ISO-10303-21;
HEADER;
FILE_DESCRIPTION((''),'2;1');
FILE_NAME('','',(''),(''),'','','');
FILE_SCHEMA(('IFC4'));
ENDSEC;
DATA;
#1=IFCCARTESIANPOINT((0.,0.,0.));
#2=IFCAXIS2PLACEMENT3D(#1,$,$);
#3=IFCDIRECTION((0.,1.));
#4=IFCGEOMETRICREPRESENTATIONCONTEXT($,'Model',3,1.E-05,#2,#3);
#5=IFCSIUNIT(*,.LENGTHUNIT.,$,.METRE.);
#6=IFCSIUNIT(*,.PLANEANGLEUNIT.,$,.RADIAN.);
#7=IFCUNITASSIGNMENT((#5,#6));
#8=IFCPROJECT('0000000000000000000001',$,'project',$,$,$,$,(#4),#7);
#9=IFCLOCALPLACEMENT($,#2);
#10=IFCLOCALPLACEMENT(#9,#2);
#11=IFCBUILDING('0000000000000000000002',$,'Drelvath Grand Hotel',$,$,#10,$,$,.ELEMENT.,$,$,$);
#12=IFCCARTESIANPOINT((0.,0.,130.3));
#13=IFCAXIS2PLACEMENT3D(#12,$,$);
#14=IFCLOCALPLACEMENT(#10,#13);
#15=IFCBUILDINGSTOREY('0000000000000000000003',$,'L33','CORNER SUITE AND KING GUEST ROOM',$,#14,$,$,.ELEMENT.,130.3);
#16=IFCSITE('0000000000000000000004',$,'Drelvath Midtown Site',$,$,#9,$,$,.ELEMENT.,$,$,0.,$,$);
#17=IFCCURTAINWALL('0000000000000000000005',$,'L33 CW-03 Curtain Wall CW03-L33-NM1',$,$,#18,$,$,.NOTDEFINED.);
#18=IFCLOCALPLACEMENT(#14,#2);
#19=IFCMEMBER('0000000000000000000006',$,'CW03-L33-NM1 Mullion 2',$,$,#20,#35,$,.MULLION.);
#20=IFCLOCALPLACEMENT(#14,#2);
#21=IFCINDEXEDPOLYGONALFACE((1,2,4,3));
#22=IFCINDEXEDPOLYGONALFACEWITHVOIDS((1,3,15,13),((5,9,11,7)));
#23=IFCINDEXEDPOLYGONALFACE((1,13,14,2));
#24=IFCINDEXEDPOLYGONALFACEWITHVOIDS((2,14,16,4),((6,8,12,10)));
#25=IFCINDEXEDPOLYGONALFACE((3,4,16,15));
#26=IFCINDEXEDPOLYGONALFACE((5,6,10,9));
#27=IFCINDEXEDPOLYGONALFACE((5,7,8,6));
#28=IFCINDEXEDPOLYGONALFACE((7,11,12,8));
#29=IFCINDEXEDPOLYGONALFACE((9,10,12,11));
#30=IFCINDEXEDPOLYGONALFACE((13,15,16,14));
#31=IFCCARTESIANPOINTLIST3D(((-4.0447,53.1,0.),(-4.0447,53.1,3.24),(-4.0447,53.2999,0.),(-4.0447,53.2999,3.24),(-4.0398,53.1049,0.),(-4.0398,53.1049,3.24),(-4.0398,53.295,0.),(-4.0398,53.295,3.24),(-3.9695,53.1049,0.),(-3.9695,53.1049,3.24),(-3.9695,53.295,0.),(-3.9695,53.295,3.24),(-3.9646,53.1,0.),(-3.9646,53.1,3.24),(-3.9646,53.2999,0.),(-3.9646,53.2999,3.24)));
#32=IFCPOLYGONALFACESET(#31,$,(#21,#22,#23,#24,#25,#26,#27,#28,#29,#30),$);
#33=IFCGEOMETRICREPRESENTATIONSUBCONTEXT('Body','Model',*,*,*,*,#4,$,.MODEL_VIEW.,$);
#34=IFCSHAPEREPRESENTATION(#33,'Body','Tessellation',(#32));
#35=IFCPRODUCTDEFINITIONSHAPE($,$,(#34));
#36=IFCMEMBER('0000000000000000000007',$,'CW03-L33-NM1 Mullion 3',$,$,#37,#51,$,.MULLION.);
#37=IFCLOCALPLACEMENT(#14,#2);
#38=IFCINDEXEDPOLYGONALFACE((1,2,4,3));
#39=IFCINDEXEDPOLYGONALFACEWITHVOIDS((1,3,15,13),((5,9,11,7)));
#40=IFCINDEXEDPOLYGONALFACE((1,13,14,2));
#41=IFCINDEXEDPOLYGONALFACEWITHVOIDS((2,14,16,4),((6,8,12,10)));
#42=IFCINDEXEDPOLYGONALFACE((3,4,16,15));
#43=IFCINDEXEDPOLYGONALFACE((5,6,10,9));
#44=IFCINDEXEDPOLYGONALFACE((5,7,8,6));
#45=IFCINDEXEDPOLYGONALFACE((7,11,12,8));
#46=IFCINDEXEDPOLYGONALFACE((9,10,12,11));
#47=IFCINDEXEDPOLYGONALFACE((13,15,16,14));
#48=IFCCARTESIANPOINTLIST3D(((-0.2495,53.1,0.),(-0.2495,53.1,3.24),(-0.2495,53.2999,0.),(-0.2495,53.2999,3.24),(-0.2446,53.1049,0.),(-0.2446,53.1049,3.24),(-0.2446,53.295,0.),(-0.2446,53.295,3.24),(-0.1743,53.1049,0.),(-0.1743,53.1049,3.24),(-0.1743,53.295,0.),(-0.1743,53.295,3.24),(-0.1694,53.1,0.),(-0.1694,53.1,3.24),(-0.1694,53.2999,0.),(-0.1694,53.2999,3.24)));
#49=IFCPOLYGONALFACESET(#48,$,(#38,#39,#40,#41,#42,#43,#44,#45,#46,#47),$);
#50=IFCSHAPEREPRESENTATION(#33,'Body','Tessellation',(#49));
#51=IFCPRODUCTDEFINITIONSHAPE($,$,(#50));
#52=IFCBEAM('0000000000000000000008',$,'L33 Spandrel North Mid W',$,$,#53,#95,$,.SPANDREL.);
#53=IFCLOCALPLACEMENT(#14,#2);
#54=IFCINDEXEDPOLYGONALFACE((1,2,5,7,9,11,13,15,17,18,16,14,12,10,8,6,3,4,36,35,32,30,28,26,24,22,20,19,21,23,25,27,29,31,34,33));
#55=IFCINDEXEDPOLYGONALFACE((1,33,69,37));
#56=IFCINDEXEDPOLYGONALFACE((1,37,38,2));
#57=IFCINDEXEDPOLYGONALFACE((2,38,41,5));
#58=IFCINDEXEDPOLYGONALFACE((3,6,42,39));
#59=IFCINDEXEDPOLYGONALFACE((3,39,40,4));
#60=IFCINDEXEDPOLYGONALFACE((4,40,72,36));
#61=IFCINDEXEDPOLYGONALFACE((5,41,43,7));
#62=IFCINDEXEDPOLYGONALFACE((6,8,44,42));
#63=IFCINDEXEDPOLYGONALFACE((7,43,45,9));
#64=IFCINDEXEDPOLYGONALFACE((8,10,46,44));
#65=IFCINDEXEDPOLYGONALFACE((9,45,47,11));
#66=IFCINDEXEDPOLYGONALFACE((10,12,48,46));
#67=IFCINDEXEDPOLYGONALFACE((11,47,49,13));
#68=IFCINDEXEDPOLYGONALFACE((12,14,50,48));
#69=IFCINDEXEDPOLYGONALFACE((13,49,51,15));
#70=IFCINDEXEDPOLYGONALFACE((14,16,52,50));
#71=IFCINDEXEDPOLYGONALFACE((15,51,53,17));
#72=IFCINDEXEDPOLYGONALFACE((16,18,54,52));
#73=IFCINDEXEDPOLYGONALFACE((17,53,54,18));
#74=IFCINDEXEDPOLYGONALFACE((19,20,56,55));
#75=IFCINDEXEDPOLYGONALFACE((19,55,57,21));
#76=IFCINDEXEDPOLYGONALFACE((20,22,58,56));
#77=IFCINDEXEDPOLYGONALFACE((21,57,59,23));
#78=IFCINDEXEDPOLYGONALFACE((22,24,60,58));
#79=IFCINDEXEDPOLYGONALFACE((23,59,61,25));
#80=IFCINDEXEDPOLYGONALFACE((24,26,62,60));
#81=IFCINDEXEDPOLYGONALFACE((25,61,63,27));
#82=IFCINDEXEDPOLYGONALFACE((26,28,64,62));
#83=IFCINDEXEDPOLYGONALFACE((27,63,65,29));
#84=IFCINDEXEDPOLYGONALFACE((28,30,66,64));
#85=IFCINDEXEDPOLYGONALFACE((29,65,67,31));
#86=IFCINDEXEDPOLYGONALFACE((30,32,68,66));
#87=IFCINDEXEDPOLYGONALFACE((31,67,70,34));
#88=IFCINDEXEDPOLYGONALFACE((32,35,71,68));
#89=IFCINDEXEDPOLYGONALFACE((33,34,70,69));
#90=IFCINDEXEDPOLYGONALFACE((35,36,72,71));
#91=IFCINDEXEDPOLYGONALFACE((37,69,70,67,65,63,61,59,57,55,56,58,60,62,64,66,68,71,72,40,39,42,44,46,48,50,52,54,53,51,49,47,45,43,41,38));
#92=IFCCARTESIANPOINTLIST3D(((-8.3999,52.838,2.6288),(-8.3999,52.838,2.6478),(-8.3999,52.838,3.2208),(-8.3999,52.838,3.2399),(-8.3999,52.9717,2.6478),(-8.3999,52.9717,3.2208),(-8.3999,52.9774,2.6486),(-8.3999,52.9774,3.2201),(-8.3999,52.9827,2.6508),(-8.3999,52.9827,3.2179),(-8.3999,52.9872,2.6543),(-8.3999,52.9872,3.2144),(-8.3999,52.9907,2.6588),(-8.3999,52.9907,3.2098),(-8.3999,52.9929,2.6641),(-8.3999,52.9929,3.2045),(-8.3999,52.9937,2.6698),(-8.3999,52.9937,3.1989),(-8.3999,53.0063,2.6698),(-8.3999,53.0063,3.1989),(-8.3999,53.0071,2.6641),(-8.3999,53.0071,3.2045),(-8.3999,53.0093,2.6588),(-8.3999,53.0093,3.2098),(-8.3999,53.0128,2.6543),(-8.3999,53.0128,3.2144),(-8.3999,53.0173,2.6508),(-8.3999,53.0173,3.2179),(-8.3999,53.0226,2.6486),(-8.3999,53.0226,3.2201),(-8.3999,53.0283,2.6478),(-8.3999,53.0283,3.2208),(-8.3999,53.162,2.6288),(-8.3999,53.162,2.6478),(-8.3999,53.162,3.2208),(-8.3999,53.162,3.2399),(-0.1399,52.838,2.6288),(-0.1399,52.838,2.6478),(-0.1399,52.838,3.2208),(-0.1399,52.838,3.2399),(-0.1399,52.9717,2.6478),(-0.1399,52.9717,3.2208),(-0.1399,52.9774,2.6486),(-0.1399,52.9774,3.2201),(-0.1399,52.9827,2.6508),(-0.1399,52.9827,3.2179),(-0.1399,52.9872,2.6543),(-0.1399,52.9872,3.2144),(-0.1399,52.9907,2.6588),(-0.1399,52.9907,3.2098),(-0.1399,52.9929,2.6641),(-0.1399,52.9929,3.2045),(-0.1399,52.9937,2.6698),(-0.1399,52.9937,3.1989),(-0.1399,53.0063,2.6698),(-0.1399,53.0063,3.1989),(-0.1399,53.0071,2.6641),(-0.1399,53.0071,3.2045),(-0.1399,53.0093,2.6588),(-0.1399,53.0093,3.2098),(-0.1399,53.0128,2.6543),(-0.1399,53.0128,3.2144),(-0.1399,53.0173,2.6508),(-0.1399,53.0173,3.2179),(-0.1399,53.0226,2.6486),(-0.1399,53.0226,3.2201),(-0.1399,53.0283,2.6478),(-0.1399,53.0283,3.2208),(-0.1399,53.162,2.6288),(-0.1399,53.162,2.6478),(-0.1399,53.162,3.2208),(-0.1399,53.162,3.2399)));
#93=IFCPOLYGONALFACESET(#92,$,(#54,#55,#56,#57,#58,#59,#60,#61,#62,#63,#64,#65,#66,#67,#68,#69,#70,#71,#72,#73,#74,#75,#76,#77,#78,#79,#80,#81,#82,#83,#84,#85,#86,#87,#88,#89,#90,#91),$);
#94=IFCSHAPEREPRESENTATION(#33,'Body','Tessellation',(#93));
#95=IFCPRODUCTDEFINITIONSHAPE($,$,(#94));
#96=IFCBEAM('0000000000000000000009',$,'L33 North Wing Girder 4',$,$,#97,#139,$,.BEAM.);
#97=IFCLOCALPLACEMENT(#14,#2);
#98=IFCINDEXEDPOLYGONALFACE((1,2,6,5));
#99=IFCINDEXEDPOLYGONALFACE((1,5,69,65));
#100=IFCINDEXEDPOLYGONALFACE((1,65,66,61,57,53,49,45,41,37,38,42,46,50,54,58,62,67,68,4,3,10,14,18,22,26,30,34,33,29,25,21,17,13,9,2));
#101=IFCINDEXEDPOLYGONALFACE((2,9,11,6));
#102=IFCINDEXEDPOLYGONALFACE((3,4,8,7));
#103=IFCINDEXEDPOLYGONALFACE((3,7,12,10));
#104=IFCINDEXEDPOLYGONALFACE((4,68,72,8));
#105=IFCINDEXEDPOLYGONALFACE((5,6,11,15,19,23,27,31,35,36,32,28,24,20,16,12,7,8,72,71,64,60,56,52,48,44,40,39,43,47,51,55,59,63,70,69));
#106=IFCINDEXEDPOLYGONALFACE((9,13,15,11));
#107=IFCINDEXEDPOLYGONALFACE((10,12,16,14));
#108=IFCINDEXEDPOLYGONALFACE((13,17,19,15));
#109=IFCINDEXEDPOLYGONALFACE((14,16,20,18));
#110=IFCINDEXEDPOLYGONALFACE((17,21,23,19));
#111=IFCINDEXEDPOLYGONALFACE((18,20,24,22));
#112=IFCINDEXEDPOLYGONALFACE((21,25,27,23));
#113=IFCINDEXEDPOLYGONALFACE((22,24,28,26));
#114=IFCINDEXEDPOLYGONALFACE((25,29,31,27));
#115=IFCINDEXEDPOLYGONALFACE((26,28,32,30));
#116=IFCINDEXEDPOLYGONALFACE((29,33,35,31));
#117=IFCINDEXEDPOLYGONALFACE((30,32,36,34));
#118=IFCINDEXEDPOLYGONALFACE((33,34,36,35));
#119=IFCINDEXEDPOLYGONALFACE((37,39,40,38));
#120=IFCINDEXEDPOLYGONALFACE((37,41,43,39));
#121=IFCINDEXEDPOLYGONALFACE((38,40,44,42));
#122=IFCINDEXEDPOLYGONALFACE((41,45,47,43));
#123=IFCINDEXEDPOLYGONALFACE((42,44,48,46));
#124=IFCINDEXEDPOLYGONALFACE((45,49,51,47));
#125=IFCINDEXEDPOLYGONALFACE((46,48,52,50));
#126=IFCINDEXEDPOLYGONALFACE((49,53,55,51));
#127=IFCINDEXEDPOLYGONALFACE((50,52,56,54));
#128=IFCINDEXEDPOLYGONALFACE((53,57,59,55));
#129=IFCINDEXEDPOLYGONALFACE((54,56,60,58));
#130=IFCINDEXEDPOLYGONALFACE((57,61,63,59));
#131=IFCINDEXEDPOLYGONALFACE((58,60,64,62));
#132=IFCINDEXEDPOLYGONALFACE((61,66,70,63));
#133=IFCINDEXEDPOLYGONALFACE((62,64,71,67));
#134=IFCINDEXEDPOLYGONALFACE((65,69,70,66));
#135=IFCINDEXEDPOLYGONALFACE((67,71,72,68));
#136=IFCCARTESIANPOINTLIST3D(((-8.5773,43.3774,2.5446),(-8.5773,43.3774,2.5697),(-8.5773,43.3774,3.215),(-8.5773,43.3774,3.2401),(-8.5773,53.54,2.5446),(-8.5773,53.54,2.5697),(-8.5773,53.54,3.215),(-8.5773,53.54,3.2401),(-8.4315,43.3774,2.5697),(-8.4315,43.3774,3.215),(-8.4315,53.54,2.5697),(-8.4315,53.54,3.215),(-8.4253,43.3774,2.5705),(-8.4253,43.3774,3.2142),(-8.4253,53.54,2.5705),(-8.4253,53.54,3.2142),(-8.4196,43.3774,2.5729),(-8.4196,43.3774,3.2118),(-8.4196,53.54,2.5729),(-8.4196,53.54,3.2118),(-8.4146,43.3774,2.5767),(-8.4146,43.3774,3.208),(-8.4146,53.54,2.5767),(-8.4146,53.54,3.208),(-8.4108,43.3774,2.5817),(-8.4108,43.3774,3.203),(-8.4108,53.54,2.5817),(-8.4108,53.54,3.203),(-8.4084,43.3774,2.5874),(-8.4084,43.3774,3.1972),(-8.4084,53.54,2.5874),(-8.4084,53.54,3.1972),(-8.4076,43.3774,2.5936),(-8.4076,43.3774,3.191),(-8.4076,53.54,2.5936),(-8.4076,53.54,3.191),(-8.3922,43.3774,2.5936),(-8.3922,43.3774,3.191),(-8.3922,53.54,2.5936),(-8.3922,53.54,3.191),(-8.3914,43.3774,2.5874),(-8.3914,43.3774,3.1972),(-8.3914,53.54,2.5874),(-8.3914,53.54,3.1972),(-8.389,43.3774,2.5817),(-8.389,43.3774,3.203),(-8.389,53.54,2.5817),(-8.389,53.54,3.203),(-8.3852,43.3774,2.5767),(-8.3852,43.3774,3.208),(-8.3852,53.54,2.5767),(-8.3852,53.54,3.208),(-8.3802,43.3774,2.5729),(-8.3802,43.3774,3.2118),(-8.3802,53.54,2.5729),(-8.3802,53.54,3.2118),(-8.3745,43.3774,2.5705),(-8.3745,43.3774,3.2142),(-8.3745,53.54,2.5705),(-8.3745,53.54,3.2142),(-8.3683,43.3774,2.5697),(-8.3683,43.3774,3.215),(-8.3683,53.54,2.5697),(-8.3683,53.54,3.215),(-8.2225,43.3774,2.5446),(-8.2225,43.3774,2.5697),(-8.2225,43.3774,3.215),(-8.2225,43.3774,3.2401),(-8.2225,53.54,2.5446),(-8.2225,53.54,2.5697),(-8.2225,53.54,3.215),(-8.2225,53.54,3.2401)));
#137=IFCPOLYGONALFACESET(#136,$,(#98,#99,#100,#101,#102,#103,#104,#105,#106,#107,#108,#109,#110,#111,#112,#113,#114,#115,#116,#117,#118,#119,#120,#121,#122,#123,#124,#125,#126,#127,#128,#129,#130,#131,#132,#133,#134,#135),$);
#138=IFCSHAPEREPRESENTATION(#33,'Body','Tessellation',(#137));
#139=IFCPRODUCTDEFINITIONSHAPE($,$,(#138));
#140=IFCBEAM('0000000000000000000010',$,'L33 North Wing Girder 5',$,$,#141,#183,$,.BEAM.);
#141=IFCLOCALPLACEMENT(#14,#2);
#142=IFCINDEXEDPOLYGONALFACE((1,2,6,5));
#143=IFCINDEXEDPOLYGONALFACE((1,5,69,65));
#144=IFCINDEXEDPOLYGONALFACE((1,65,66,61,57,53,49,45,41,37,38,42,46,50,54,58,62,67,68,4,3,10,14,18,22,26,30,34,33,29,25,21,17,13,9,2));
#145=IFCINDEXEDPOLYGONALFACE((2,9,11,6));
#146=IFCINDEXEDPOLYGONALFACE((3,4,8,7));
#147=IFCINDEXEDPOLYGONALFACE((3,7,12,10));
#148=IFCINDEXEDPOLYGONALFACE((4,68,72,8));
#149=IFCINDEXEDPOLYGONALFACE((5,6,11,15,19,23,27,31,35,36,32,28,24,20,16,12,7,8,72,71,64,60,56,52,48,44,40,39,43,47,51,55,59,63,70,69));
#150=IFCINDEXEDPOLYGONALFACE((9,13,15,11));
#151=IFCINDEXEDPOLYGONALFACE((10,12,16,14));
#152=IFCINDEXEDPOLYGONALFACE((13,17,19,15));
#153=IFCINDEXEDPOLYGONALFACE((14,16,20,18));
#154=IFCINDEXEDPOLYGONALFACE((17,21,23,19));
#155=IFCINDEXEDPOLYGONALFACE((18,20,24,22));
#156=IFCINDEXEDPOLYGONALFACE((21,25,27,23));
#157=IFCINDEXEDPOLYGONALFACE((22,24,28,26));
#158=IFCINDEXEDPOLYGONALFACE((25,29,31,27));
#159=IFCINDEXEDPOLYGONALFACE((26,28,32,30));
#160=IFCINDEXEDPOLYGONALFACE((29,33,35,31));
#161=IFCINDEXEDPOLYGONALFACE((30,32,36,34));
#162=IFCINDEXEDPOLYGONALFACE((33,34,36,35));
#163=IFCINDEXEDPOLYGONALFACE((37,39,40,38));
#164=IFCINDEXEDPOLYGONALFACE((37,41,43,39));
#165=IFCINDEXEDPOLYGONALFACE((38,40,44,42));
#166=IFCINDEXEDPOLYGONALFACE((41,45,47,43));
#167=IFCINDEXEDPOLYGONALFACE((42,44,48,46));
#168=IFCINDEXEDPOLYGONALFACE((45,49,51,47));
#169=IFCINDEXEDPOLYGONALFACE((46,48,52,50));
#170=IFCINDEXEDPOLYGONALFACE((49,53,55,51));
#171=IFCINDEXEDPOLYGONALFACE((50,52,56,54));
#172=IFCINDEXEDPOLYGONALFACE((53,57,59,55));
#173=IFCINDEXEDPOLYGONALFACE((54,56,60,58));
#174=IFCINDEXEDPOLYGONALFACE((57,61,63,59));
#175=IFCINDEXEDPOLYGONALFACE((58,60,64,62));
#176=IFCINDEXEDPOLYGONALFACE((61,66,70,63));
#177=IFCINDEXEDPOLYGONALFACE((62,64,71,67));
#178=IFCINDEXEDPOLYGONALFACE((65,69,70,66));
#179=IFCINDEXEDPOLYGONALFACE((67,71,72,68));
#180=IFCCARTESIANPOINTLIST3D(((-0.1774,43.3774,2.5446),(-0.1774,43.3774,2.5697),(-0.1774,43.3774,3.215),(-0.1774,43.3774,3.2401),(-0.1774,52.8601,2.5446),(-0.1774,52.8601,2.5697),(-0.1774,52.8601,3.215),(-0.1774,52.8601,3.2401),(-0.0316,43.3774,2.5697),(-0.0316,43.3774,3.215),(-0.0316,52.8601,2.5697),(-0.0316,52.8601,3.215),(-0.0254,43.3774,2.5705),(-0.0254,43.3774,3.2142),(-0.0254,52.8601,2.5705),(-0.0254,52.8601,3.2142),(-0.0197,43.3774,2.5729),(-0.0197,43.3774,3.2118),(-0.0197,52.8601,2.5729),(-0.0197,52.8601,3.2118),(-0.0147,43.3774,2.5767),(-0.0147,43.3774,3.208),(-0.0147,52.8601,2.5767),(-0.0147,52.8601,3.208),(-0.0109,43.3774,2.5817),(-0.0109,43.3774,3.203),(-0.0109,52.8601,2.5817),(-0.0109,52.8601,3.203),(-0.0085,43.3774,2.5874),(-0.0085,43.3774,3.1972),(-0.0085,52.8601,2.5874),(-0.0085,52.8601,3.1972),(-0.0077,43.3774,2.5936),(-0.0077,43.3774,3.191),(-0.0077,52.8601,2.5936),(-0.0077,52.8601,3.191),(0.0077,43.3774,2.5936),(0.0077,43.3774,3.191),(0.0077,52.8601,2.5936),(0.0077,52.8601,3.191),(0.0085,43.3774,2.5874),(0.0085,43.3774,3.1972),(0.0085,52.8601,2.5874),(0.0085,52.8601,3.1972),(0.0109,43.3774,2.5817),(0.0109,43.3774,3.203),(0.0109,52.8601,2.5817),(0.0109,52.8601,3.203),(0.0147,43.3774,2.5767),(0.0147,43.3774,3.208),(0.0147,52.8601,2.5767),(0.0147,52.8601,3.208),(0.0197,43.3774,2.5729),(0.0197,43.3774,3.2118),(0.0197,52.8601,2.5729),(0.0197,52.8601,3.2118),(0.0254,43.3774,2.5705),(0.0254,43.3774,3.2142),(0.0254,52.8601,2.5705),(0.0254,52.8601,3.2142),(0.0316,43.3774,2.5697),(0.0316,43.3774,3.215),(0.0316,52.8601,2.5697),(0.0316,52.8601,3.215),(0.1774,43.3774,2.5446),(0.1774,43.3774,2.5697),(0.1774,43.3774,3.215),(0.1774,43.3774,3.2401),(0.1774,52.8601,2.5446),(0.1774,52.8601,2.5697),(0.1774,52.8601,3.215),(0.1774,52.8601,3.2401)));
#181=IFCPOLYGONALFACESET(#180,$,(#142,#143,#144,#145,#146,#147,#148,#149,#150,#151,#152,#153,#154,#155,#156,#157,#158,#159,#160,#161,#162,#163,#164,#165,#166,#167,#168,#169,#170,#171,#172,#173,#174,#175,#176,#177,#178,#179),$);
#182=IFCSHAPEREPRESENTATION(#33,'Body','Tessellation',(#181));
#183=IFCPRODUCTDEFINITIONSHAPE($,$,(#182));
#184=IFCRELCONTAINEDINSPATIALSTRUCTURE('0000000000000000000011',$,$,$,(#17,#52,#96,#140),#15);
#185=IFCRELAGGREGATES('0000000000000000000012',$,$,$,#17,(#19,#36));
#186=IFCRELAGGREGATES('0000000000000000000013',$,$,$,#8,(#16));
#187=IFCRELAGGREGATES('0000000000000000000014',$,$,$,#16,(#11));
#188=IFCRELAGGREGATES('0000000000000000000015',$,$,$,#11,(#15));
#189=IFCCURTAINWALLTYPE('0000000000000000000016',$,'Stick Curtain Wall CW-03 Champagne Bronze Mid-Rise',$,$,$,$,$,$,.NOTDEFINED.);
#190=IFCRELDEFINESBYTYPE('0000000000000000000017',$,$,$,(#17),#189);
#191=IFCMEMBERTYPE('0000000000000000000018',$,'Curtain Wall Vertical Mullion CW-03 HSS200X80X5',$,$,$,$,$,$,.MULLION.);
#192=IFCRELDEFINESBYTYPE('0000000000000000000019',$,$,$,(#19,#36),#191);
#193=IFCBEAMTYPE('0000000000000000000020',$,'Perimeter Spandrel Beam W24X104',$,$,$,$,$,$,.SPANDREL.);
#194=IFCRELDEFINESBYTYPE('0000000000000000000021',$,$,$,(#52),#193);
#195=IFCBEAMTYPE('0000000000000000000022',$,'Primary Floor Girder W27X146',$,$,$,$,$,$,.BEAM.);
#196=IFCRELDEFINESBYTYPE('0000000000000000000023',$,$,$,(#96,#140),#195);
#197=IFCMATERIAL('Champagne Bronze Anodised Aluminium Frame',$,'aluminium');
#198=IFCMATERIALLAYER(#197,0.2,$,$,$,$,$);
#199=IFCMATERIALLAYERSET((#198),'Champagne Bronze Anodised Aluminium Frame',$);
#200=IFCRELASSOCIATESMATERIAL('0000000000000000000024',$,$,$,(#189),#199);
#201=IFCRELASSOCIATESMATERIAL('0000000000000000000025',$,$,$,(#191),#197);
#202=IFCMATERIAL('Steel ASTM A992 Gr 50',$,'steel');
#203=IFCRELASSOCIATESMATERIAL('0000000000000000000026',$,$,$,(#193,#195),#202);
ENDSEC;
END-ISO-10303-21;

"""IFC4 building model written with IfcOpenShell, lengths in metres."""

from ifc_helpers import new_model, si_unit, direction, frame, origin, origin_2d, place, context, subcontext, project, spatial, hollow_rectangle, i_section, extrude, material, layer, layer_set, material_profile, profile_set, type_object, element, aggregate, save


model = new_model("IFC4")

# Units and contexts
model_context = context("Model", 3, precision=1e-05, world=origin(), true_north=direction((0.0, 1.0)))
body_context = subcontext(model_context, "Body", "Model", "MODEL_VIEW")
ifc_project = project(units=[si_unit("LENGTHUNIT", "METRE"), si_unit("PLANEANGLEUNIT", "RADIAN")], contexts=[model_context])

# Site, building, storey
site_placement = place(None, origin())
site = spatial("IfcSite", under=ifc_project, at=site_placement, Name="Drelvath Midtown Site", CompositionType="ELEMENT", RefElevation=0.0)
building_placement = place(site_placement, origin())
building = spatial("IfcBuilding", under=site, at=building_placement, Name="Drelvath Grand Hotel", CompositionType="ELEMENT")
storey_placement = place(building_placement, frame((0.0, 0.0, 130.3)))
storey = spatial("IfcBuildingStorey", under=building, at=storey_placement, Name="L33", Description="CORNER SUITE AND KING GUEST ROOM", CompositionType="ELEMENT", Elevation=130.3)

# Curtain wall
ifc_material_1 = material(Name="Champagne Bronze Anodised Aluminium Frame", Category="aluminium")
ifc_layer_1 = layer(ifc_material_1, 0.2)
ifc_layer_set_1 = layer_set([ifc_layer_1], Name="Champagne Bronze Anodised Aluminium Frame")
curtain_wall_type = type_object("IfcCurtainWallType", Name="Stick Curtain Wall CW-03 Champagne Bronze Mid-Rise", PredefinedType="NOTDEFINED", material=ifc_layer_set_1)
curtain_wall_1_placement = place(storey_placement, origin())
curtain_wall_1 = element("IfcCurtainWall", 1, at=curtain_wall_1_placement, inside=storey, type_object=curtain_wall_type, Name="L33 CW-03 Curtain Wall CW03-L33-NM1", PredefinedType="NOTDEFINED")

# Members
ifc_material_profile_1 = material_profile(ifc_material_1, hollow_rectangle(XDim=0.0801, YDim=0.2, WallThickness=0.0049, at=origin_2d()), Name="HSS200X80X5")
ifc_profile_set_1 = profile_set([ifc_material_profile_1], Name="Champagne Bronze Anodised Aluminium Frame")
member_type_1 = type_object("IfcMemberType", Name="Curtain Wall Vertical Mullion CW-03 HSS200X80X5", PredefinedType="MULLION", material=ifc_profile_set_1)
member_1_placement = place(storey_placement, frame((-4.0046, 53.2, 0.0), z_axis=(0.0, 0.0, 1.0), x_axis=(1.0, 0.0, 0.0)))
member_1 = element("IfcMember", 2, at=member_1_placement, type_object=member_type_1, Name="CW03-L33-NM1 Mullion 2", PredefinedType="MULLION", context=body_context, shape_type="SweptSolid", body=[
    extrude(hollow_rectangle(XDim=0.0801, YDim=0.2, WallThickness=0.0049, at=origin_2d()), origin(), (0.0, 0.0, 1.0), 3.24),
])
member_2_placement = place(storey_placement, frame((-0.2095, 53.2, 0.0), z_axis=(0.0, 0.0, 1.0), x_axis=(1.0, 0.0, 0.0)))
member_2 = element("IfcMember", 3, at=member_2_placement, type_object=member_type_1, Name="CW03-L33-NM1 Mullion 3", PredefinedType="MULLION", context=body_context, shape_type="SweptSolid", body=[
    extrude(hollow_rectangle(XDim=0.0801, YDim=0.2, WallThickness=0.0049, at=origin_2d()), origin(), (0.0, 0.0, 1.0), 3.24),
])

# Beams
ifc_material_2 = material(Name="Steel ASTM A992 Gr 50", Category="steel")
ifc_material_profile_2 = material_profile(ifc_material_2, i_section(OverallWidth=0.324, OverallDepth=0.6111, WebThickness=0.0127, FlangeThickness=0.019, FilletRadius=0.022, at=origin_2d()), Name="W24X104")
ifc_profile_set_2 = profile_set([ifc_material_profile_2], Name="Steel ASTM A992 Gr 50")
beam_type_1 = type_object("IfcBeamType", Name="Perimeter Spandrel Beam W24X104", PredefinedType="SPANDREL", material=ifc_profile_set_2)
beam_1_placement = place(storey_placement, frame((-8.3999, 53.0, 2.9343), z_axis=(1.0, 0.0, 0.0), x_axis=(0.0, 1.0, 0.0)))
element("IfcBeam", 4, at=beam_1_placement, inside=storey, type_object=beam_type_1, Name="L33 Spandrel North Mid W", PredefinedType="SPANDREL", context=body_context, shape_type="SweptSolid", body=[
    extrude(i_section(OverallWidth=0.324, OverallDepth=0.6111, WebThickness=0.0127, FlangeThickness=0.019, FilletRadius=0.022, at=origin_2d()), origin(), (0.0, 0.0, 1.0), 8.26),
])
ifc_material_profile_3 = material_profile(ifc_material_2, i_section(OverallWidth=0.3547, OverallDepth=0.6956, WebThickness=0.0154, FlangeThickness=0.0251, FilletRadius=0.0239, at=origin_2d()), Name="W27X146")
ifc_profile_set_3 = profile_set([ifc_material_profile_3], Name="Steel ASTM A992 Gr 50")
beam_type_2 = type_object("IfcBeamType", Name="Primary Floor Girder W27X146", PredefinedType="BEAM", material=ifc_profile_set_3)
beam_2_placement = place(storey_placement, frame((-8.3999, 43.3774, 2.8923), z_axis=(0.0, 1.0, 0.0), x_axis=(-1.0, 0.0, 0.0)))
element("IfcBeam", 5, at=beam_2_placement, inside=storey, type_object=beam_type_2, Name="L33 North Wing Girder 4", PredefinedType="BEAM", context=body_context, shape_type="SweptSolid", body=[
    extrude(i_section(OverallWidth=0.3547, OverallDepth=0.6956, WebThickness=0.0154, FlangeThickness=0.0251, FilletRadius=0.0239, at=origin_2d()), origin(), (0.0, 0.0, 1.0), 10.1626),
])
beam_3_placement = place(storey_placement, frame((0.0, 43.3774, 2.8923), z_axis=(0.0, 1.0, 0.0), x_axis=(-1.0, 0.0, 0.0)))
element("IfcBeam", 6, at=beam_3_placement, inside=storey, type_object=beam_type_2, Name="L33 North Wing Girder 5", PredefinedType="BEAM", context=body_context, shape_type="SweptSolid", body=[
    extrude(i_section(OverallWidth=0.3547, OverallDepth=0.6956, WebThickness=0.0154, FlangeThickness=0.0251, FilletRadius=0.0239, at=origin_2d()), origin(), (0.0, 0.0, 1.0), 9.4827),
])

aggregate(curtain_wall_1, [member_1, member_2])

save(model, "model.ifc")
